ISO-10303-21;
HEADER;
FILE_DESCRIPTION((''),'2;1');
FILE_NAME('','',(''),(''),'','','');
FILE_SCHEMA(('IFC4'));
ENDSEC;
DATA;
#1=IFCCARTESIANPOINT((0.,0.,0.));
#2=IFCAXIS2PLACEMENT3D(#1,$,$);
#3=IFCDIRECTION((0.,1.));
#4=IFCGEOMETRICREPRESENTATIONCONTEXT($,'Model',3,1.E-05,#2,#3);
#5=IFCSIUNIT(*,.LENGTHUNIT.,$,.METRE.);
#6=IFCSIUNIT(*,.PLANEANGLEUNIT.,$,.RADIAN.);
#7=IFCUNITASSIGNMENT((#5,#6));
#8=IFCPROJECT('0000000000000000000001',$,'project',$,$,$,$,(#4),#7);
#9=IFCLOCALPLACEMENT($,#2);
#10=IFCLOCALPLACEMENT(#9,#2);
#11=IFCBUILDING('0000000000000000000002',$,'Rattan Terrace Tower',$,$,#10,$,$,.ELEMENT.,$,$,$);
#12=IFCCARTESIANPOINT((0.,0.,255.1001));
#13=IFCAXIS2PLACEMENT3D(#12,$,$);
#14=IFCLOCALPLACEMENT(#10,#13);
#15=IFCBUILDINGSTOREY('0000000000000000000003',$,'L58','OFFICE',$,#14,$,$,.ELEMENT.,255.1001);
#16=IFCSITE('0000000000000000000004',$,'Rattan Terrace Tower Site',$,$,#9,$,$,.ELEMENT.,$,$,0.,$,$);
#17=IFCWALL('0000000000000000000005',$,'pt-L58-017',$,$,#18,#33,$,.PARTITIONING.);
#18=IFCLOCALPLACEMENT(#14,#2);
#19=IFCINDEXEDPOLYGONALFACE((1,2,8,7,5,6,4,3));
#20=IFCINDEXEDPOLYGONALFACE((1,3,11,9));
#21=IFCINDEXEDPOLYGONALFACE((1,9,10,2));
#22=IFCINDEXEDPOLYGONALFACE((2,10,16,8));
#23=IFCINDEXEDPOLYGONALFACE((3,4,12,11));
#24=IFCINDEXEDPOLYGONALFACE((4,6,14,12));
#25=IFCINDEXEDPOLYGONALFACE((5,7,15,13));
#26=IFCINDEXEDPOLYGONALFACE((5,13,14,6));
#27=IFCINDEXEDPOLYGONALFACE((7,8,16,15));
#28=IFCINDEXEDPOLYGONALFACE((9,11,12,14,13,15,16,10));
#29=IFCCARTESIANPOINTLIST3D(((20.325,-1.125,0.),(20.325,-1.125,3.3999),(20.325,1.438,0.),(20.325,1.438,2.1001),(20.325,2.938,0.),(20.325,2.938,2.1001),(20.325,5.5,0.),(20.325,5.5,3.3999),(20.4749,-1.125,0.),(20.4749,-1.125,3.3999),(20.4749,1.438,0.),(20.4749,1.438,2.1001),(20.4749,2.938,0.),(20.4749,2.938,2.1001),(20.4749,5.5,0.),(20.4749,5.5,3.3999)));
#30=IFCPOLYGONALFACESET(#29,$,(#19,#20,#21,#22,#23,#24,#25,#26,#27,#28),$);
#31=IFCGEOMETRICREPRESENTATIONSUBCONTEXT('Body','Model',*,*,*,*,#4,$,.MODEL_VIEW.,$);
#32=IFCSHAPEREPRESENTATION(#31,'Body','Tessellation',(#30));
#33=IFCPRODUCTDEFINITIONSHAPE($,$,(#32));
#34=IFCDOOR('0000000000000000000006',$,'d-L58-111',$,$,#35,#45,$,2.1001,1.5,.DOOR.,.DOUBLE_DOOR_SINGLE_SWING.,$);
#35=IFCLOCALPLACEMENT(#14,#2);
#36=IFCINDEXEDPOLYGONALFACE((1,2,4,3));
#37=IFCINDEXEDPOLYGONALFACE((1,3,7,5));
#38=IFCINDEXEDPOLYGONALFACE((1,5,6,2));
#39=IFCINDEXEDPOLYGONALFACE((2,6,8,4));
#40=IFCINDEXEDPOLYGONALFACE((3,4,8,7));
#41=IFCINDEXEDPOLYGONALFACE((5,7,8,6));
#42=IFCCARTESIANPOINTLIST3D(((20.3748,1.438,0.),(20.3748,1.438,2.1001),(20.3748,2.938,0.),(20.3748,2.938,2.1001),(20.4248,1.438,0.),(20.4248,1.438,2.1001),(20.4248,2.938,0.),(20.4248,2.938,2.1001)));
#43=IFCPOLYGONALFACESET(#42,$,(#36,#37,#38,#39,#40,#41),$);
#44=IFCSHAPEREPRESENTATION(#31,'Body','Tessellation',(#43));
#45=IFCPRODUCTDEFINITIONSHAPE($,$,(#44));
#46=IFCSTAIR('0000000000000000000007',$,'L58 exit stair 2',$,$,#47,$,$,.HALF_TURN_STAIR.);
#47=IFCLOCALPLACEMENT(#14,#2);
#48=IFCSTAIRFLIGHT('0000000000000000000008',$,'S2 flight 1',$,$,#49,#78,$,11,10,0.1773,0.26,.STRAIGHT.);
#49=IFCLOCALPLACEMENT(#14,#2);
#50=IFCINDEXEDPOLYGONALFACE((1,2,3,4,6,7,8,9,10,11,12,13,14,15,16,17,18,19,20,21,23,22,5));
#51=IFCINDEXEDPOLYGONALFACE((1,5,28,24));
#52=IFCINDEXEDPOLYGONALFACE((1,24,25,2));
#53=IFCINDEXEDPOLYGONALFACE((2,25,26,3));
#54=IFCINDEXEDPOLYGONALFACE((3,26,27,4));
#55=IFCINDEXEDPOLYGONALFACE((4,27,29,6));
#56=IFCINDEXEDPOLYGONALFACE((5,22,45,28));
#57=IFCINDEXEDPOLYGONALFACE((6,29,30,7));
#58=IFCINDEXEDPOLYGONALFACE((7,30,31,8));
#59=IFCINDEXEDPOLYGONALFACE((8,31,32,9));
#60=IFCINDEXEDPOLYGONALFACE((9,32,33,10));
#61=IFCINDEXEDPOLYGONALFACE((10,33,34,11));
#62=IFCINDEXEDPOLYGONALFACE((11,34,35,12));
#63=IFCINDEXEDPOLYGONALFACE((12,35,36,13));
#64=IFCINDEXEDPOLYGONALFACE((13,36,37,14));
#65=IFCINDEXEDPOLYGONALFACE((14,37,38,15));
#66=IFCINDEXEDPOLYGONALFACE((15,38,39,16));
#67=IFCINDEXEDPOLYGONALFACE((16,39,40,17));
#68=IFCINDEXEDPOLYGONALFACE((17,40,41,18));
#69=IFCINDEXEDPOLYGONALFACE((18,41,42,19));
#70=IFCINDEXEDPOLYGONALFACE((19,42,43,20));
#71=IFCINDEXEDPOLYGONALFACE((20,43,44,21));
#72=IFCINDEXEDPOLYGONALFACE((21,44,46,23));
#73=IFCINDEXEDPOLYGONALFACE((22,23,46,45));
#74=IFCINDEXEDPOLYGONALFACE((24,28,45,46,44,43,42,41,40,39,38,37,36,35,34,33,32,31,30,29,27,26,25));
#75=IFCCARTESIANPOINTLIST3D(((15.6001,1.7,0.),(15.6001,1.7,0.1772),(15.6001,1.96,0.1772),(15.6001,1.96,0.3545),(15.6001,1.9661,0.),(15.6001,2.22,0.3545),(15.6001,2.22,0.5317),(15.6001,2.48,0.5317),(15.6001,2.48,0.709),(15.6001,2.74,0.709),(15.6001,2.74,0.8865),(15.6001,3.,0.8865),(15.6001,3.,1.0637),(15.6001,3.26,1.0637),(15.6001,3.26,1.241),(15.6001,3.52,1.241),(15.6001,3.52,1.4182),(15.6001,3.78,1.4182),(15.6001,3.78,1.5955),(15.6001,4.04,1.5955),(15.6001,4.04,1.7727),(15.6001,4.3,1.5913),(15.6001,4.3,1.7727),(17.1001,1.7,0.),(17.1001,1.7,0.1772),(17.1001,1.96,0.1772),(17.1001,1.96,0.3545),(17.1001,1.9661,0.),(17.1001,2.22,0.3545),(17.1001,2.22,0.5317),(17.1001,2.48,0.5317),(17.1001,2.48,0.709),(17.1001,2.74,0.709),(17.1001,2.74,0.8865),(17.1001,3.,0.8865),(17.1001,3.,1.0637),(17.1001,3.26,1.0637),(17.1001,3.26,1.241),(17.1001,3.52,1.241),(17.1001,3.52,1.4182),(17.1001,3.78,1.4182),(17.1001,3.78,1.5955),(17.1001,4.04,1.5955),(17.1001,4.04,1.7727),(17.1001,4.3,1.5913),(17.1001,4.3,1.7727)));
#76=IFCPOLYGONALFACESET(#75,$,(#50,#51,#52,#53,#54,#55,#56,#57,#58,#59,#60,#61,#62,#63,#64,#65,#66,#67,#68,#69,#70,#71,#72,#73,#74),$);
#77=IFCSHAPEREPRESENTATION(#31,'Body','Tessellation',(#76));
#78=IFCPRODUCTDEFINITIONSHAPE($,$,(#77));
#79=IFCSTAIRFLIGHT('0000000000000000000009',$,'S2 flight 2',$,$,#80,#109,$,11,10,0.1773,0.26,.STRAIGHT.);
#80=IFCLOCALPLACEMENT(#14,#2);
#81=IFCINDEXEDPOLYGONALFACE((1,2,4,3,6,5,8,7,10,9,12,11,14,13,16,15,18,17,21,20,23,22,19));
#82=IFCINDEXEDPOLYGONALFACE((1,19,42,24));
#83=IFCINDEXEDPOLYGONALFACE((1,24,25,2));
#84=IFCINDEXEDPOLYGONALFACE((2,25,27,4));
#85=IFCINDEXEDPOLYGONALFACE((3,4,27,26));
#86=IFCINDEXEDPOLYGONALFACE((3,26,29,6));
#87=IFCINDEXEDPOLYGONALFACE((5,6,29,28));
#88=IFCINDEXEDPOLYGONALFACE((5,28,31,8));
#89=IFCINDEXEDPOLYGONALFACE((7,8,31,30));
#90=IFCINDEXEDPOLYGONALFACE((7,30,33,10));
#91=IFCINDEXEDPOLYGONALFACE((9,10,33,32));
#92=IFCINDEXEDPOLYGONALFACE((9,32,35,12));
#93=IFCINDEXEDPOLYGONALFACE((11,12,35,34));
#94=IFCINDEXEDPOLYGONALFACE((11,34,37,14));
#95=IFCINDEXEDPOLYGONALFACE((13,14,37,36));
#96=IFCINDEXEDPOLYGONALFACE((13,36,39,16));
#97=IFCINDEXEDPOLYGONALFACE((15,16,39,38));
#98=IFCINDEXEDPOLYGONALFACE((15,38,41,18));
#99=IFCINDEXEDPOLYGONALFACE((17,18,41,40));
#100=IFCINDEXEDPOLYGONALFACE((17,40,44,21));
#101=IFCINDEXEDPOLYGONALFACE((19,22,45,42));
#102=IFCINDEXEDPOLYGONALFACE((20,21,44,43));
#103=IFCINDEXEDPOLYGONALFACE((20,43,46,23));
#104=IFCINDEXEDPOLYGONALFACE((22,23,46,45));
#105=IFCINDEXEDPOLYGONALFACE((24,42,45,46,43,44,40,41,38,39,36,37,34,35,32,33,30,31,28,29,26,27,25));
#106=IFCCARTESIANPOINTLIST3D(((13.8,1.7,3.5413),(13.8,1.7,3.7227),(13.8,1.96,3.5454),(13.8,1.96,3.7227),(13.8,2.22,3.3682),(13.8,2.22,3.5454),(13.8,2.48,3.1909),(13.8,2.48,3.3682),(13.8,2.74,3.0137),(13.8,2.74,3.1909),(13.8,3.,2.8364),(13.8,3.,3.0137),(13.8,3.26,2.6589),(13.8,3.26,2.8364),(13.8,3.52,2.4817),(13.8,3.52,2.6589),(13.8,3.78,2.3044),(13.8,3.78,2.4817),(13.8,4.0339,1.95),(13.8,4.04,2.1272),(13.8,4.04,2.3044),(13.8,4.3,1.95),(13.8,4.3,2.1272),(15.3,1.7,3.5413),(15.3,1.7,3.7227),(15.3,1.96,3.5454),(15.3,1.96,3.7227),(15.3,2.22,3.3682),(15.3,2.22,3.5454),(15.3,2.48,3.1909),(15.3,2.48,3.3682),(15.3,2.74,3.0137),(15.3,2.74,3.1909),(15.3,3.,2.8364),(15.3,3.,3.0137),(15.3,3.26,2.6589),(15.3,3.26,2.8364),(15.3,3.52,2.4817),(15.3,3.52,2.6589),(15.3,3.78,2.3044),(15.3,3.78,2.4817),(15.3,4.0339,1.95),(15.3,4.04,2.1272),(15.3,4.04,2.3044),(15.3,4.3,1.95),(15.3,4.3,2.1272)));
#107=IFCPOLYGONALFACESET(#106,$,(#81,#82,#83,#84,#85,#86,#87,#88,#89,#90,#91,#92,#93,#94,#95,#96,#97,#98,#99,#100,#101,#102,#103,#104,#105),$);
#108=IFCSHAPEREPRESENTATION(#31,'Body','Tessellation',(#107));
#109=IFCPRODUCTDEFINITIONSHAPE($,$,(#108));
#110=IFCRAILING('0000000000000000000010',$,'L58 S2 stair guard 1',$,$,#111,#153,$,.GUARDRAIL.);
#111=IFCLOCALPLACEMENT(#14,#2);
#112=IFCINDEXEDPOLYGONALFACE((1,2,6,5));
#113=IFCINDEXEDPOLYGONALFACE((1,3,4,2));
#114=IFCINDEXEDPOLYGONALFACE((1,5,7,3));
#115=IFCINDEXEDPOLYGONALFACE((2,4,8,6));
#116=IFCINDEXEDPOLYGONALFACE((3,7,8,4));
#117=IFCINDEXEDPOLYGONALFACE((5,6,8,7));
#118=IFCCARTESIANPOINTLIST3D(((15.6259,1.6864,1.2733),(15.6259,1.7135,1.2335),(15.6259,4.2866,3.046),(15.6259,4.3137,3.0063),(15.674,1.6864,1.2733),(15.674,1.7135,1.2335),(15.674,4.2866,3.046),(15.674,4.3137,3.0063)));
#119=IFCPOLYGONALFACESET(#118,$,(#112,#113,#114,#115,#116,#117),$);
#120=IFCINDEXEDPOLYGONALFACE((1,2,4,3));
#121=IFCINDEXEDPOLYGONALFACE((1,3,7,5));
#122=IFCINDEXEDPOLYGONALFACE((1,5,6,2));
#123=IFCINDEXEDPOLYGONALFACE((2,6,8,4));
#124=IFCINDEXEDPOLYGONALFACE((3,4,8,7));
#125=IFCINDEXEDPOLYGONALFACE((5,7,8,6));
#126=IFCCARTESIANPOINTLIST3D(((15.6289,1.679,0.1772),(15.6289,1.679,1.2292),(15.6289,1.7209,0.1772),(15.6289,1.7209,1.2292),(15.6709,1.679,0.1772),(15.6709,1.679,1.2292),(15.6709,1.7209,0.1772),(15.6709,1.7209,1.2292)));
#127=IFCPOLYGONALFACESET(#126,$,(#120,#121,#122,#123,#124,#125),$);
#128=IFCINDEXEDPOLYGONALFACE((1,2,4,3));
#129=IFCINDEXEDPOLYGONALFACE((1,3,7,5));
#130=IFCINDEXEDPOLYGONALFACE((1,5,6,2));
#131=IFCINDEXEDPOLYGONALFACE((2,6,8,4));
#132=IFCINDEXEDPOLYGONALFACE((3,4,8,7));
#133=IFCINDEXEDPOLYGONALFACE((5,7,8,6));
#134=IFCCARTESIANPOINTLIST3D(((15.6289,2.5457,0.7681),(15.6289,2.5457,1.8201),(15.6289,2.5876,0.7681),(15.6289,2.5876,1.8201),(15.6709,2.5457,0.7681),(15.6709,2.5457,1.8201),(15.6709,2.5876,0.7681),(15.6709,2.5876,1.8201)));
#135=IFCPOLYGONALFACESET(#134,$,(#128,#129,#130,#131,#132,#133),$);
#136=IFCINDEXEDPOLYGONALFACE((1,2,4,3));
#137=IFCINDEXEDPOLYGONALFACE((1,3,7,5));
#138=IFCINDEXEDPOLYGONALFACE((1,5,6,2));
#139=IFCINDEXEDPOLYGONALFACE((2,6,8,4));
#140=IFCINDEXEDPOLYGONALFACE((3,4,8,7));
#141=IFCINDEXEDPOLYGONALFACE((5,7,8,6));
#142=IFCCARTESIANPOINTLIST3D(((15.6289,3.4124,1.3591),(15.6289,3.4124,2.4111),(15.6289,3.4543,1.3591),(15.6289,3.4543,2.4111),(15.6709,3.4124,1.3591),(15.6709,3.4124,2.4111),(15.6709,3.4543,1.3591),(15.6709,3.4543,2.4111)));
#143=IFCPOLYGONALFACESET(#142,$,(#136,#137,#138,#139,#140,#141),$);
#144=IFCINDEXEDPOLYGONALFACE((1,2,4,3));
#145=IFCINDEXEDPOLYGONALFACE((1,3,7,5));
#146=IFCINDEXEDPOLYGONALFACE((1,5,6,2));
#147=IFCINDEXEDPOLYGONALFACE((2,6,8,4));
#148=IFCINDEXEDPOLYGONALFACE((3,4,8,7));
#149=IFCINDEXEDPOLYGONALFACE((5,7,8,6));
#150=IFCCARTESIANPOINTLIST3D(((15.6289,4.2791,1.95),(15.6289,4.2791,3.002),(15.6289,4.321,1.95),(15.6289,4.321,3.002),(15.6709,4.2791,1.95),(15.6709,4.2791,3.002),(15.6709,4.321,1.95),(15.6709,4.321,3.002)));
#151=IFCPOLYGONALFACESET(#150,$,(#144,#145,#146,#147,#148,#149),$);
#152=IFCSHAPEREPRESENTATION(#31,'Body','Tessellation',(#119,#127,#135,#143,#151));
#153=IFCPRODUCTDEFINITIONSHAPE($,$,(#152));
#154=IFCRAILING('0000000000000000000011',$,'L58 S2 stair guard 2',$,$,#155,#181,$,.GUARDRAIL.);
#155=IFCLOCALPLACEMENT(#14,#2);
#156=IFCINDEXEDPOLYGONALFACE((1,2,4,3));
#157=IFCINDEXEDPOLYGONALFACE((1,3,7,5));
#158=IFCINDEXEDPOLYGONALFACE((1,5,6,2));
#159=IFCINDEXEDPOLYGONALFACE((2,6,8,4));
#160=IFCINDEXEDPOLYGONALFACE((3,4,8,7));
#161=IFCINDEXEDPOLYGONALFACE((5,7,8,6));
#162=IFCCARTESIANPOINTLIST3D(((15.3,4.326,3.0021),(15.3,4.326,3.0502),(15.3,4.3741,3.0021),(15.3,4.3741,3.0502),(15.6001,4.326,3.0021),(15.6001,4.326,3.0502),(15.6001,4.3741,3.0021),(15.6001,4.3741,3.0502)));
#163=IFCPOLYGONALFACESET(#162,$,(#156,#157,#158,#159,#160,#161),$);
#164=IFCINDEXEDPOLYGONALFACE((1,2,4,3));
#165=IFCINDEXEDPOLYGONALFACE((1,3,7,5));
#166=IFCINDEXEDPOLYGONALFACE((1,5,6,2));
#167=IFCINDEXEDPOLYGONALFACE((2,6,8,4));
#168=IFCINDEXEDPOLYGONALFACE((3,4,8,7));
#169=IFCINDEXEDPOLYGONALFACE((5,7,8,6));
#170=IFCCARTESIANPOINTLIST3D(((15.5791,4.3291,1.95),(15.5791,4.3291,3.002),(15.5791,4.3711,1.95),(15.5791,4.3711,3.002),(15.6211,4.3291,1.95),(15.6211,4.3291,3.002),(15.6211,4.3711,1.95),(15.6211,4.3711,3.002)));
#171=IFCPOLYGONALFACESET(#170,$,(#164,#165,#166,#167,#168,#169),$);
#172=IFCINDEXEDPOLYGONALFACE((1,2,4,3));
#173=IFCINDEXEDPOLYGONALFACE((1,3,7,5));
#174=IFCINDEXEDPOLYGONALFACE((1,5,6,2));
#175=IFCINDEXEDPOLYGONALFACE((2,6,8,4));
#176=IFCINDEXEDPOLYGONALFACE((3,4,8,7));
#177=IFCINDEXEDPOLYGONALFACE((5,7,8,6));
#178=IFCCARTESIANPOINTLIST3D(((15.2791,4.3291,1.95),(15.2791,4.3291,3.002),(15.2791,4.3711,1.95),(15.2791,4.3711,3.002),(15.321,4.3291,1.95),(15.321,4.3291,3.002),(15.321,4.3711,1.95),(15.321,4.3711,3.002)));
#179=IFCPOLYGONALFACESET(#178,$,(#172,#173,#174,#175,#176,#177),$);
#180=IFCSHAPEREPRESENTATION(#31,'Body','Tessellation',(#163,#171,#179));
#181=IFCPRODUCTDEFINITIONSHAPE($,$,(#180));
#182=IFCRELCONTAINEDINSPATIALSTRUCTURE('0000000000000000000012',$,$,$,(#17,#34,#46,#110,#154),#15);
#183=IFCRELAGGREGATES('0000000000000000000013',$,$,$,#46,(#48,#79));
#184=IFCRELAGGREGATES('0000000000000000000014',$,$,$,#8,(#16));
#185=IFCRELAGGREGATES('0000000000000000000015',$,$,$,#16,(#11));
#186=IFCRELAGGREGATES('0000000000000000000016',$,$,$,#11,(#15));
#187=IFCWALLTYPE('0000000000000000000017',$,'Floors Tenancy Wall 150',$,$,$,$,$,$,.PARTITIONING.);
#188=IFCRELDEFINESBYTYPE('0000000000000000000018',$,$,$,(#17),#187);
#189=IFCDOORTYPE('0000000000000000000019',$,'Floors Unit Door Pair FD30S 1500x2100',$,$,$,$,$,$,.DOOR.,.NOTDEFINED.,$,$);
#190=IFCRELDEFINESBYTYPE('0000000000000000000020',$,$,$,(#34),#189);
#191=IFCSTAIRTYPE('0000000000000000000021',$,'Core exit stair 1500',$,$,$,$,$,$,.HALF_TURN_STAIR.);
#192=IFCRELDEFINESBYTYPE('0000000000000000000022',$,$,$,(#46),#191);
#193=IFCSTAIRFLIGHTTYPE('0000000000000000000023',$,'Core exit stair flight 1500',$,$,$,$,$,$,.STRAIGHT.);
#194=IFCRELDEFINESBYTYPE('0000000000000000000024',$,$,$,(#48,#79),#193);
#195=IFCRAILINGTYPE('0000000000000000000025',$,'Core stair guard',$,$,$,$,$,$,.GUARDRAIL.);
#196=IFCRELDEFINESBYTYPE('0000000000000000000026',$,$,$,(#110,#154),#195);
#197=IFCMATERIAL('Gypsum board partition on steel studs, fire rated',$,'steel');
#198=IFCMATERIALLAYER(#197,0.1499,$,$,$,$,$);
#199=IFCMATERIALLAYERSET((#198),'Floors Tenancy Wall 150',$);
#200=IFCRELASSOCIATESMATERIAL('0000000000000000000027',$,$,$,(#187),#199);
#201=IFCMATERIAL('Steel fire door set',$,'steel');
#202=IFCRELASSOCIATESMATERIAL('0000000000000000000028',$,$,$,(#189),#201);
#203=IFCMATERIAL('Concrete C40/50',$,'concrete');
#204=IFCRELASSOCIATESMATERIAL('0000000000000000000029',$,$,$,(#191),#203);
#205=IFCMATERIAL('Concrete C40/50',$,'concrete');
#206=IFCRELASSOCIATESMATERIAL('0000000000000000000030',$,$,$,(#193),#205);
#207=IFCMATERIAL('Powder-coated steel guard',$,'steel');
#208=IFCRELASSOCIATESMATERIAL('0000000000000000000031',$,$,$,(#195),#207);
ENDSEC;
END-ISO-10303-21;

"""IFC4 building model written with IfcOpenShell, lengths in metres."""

from ifc_helpers import new_model, si_unit, direction, frame, frame_2d, origin, origin_2d, place, context, subcontext, project, spatial, polyline, rectangle, outline, extrude, material, layer, layer_set, type_object, element, fill, aggregate, save


model = new_model("IFC4")

# Units and contexts
model_context = context("Model", 3, precision=1e-05, world=origin(), true_north=direction((0.0, 1.0)))
body_context = subcontext(model_context, "Body", "Model", "MODEL_VIEW")
ifc_project = project(units=[si_unit("LENGTHUNIT", "METRE"), si_unit("PLANEANGLEUNIT", "RADIAN")], contexts=[model_context])

# Site, building, storey
site_placement = place(None, origin())
site = spatial("IfcSite", under=ifc_project, at=site_placement, Name="Rattan Terrace Tower Site", CompositionType="ELEMENT", RefElevation=0.0)
building_placement = place(site_placement, origin())
building = spatial("IfcBuilding", under=site, at=building_placement, Name="Rattan Terrace Tower", CompositionType="ELEMENT")
storey_placement = place(building_placement, frame((0.0, 0.0, 255.1001)))
storey = spatial("IfcBuildingStorey", under=building, at=storey_placement, Name="L58", Description="OFFICE", CompositionType="ELEMENT", Elevation=255.1001)

# Shared definitions
ifc_material_1 = material(Name="Gypsum board partition on steel studs, fire rated", Category="steel")
ifc_layer_1 = layer(ifc_material_1, 0.1499)
ifc_layer_set_1 = layer_set([ifc_layer_1], Name="Floors Tenancy Wall 150")
wall_type_1 = type_object("IfcWallType", Name="Floors Tenancy Wall 150", PredefinedType="PARTITIONING", material=ifc_layer_set_1)

# Wall, opening, door
wall_1_placement = place(storey_placement, frame((20.3999, 5.5, 0.0), z_axis=(0.0, 0.0, 1.0), x_axis=(0.0, -1.0, 0.0)))
wall_1 = element("IfcWall", 1, at=wall_1_placement, inside=storey, type_object=wall_type_1, Name="pt-L58-017", PredefinedType="PARTITIONING", context=body_context, shape_type="SweptSolid", body=[
    extrude(rectangle(XDim=6.625, YDim=0.1499, at=frame_2d((3.3125, 0.0))), origin(), (0.0, 0.0, 1.0), 3.3999),
])
opening_1_placement = place(wall_1_placement, frame((2.562, 0.0, 0.0)))
opening_1 = element("IfcOpeningElement", 2, at=opening_1_placement, cuts=wall_1, PredefinedType="OPENING", context=body_context, shape_type="SweptSolid", body=[
    extrude(rectangle(XDim=1.5, YDim=2.1001, at=frame_2d((0.75, 1.05))), frame((0.0, 0.0854, 0.0), z_axis=(0.0, -1.0, 0.0), x_axis=(1.0, 0.0, 0.0)), (0.0, 0.0, 1.0), 0.1709),
])
ifc_material_2 = material(Name="Steel fire door set", Category="steel")
door_type_1 = type_object("IfcDoorType", Name="Floors Unit Door Pair FD30S 1500x2100", OperationType="NOTDEFINED", PredefinedType="DOOR", material=ifc_material_2)
door_1_placement = place(opening_1_placement, origin())
door_1 = element("IfcDoor", 3, at=door_1_placement, inside=storey, type_object=door_type_1, Name="d-L58-111", OperationType="DOUBLE_DOOR_SINGLE_SWING", OverallHeight=2.1001, OverallWidth=1.5, PredefinedType="DOOR", context=body_context, shape_type="SweptSolid", body=[
    extrude(rectangle(XDim=1.5, YDim=2.1001, at=frame_2d((0.75, 1.05))), frame((0.0, 0.0249, 0.0), z_axis=(0.0, -1.0, 0.0), x_axis=(1.0, 0.0, 0.0)), (0.0, 0.0, 1.0), 0.05),
])
fill(opening_1, door_1)

# Stair, stair flights
ifc_material_3 = material(Name="Concrete C40/50", Category="concrete")
stair_type = type_object("IfcStairType", Name="Core exit stair 1500", PredefinedType="HALF_TURN_STAIR", material=ifc_material_3)
stair_placement = place(storey_placement, origin())
stair = element("IfcStair", 4, at=stair_placement, inside=storey, type_object=stair_type, Name="L58 exit stair 2", PredefinedType="HALF_TURN_STAIR")
ifc_material_4 = material(Name="Concrete C40/50", Category="concrete")
stair_flight_type = type_object("IfcStairFlightType", Name="Core exit stair flight 1500", PredefinedType="STRAIGHT", material=ifc_material_4)
stair_flight_1_placement = place(storey_placement, frame((16.3501, 1.7, 0.0), z_axis=(0.0, 0.0, 1.0), x_axis=(0.0, 1.0, 0.0)))
stair_flight_1 = element("IfcStairFlight", 5, at=stair_flight_1_placement, type_object=stair_flight_type, Name="S2 flight 1", NumberOfRisers=11, NumberOfTreads=10, PredefinedType="STRAIGHT", RiserHeight=0.1773, TreadLength=0.26, context=body_context, shape_type="SweptSolid", body=[
    extrude(outline(polyline([(0.0, 0.0), (0.0, 0.1772), (0.26, 0.1772), (0.26, 0.3545), (0.52, 0.3545), (0.52, 0.5317), (0.78, 0.5317), (0.78, 0.709), (1.04, 0.709), (1.04, 0.8865), (1.3, 0.8865), (1.3, 1.0637), (1.5601, 1.0637), (1.5601, 1.241), (1.8201, 1.241), (1.8201, 1.4182), (2.0801, 1.4182), (2.0801, 1.5955), (2.3401, 1.5955), (2.3401, 1.7727), (2.6001, 1.7727), (2.6001, 1.95), (2.6001, 1.5913), (0.2661, 0.0), (0.0, 0.0)])), frame((0.0, 0.75, 0.0), z_axis=(0.0, -1.0, 0.0), x_axis=(1.0, 0.0, 0.0)), (0.0, 0.0, 1.0), 1.5),
])
stair_flight_2_placement = place(storey_placement, frame((14.55, 4.3, 1.95), z_axis=(0.0, 0.0, 1.0), x_axis=(0.0, -1.0, 0.0)))
stair_flight_2 = element("IfcStairFlight", 6, at=stair_flight_2_placement, type_object=stair_flight_type, Name="S2 flight 2", NumberOfRisers=11, NumberOfTreads=10, PredefinedType="STRAIGHT", RiserHeight=0.1773, TreadLength=0.26, context=body_context, shape_type="SweptSolid", body=[
    extrude(outline(polyline([(0.0, 0.0), (0.0, 0.1772), (0.26, 0.1772), (0.26, 0.3545), (0.52, 0.3545), (0.52, 0.5317), (0.78, 0.5317), (0.78, 0.709), (1.04, 0.709), (1.04, 0.8865), (1.3, 0.8865), (1.3, 1.0637), (1.5601, 1.0637), (1.5601, 1.241), (1.8201, 1.241), (1.8201, 1.4182), (2.0801, 1.4182), (2.0801, 1.5955), (2.3401, 1.5955), (2.3401, 1.7727), (2.6001, 1.7727), (2.6001, 1.95), (2.6001, 1.5913), (0.2661, 0.0), (0.0, 0.0)])), frame((0.0, 0.75, 0.0), z_axis=(0.0, -1.0, 0.0), x_axis=(1.0, 0.0, 0.0)), (0.0, 0.0, 1.0), 1.5),
])
aggregate(stair, [stair_flight_1, stair_flight_2])

# Railings
ifc_material_5 = material(Name="Powder-coated steel guard", Category="steel")
railing_type_1 = type_object("IfcRailingType", Name="Core stair guard", PredefinedType="GUARDRAIL", material=ifc_material_5)
railing_1_placement = place(storey_placement, frame((15.6499, 1.7, 0.1772)))
element("IfcRailing", 7, at=railing_1_placement, inside=storey, type_object=railing_type_1, Name="L58 S2 stair guard 1", PredefinedType="GUARDRAIL", context=body_context, shape_type="SweptSolid", body=[
    extrude(rectangle(XDim=0.0481, YDim=0.0481, at=origin_2d()), frame((0.0, 0.0, 1.0762), z_axis=(0.0, 0.82624, 0.563318), x_axis=(-1.0, 0.0, 0.0)), (0.0, 0.0, 1.0), 3.147),
    extrude(rectangle(XDim=0.042, YDim=0.042, at=origin_2d()), origin(), (0.0, 0.0, 1.0), 1.052),
    extrude(rectangle(XDim=0.042, YDim=0.042, at=origin_2d()), frame((0.0, 0.8667, 0.5908)), (0.0, 0.0, 1.0), 1.052),
    extrude(rectangle(XDim=0.042, YDim=0.042, at=origin_2d()), frame((0.0, 1.7334, 1.1819)), (0.0, 0.0, 1.0), 1.052),
    extrude(rectangle(XDim=0.042, YDim=0.042, at=origin_2d()), frame((0.0, 2.6001, 1.7727)), (0.0, 0.0, 1.0), 1.052),
])
railing_2_placement = place(storey_placement, frame((15.6001, 4.3501, 1.95)))
element("IfcRailing", 8, at=railing_2_placement, inside=storey, type_object=railing_type_1, Name="L58 S2 stair guard 2", PredefinedType="GUARDRAIL", context=body_context, shape_type="SweptSolid", body=[
    extrude(rectangle(XDim=0.0481, YDim=0.0481, at=origin_2d()), frame((0.0, 0.0, 1.0762), z_axis=(-1.0, 0.0, 0.0), x_axis=(0.0, -1.0, 0.0)), (0.0, 0.0, 1.0), 0.3),
    extrude(rectangle(XDim=0.042, YDim=0.042, at=origin_2d()), origin(), (0.0, 0.0, 1.0), 1.052),
    extrude(rectangle(XDim=0.042, YDim=0.042, at=origin_2d()), frame((-0.3, 0.0, 0.0)), (0.0, 0.0, 1.0), 1.052),
])

save(model, "model.ifc")
